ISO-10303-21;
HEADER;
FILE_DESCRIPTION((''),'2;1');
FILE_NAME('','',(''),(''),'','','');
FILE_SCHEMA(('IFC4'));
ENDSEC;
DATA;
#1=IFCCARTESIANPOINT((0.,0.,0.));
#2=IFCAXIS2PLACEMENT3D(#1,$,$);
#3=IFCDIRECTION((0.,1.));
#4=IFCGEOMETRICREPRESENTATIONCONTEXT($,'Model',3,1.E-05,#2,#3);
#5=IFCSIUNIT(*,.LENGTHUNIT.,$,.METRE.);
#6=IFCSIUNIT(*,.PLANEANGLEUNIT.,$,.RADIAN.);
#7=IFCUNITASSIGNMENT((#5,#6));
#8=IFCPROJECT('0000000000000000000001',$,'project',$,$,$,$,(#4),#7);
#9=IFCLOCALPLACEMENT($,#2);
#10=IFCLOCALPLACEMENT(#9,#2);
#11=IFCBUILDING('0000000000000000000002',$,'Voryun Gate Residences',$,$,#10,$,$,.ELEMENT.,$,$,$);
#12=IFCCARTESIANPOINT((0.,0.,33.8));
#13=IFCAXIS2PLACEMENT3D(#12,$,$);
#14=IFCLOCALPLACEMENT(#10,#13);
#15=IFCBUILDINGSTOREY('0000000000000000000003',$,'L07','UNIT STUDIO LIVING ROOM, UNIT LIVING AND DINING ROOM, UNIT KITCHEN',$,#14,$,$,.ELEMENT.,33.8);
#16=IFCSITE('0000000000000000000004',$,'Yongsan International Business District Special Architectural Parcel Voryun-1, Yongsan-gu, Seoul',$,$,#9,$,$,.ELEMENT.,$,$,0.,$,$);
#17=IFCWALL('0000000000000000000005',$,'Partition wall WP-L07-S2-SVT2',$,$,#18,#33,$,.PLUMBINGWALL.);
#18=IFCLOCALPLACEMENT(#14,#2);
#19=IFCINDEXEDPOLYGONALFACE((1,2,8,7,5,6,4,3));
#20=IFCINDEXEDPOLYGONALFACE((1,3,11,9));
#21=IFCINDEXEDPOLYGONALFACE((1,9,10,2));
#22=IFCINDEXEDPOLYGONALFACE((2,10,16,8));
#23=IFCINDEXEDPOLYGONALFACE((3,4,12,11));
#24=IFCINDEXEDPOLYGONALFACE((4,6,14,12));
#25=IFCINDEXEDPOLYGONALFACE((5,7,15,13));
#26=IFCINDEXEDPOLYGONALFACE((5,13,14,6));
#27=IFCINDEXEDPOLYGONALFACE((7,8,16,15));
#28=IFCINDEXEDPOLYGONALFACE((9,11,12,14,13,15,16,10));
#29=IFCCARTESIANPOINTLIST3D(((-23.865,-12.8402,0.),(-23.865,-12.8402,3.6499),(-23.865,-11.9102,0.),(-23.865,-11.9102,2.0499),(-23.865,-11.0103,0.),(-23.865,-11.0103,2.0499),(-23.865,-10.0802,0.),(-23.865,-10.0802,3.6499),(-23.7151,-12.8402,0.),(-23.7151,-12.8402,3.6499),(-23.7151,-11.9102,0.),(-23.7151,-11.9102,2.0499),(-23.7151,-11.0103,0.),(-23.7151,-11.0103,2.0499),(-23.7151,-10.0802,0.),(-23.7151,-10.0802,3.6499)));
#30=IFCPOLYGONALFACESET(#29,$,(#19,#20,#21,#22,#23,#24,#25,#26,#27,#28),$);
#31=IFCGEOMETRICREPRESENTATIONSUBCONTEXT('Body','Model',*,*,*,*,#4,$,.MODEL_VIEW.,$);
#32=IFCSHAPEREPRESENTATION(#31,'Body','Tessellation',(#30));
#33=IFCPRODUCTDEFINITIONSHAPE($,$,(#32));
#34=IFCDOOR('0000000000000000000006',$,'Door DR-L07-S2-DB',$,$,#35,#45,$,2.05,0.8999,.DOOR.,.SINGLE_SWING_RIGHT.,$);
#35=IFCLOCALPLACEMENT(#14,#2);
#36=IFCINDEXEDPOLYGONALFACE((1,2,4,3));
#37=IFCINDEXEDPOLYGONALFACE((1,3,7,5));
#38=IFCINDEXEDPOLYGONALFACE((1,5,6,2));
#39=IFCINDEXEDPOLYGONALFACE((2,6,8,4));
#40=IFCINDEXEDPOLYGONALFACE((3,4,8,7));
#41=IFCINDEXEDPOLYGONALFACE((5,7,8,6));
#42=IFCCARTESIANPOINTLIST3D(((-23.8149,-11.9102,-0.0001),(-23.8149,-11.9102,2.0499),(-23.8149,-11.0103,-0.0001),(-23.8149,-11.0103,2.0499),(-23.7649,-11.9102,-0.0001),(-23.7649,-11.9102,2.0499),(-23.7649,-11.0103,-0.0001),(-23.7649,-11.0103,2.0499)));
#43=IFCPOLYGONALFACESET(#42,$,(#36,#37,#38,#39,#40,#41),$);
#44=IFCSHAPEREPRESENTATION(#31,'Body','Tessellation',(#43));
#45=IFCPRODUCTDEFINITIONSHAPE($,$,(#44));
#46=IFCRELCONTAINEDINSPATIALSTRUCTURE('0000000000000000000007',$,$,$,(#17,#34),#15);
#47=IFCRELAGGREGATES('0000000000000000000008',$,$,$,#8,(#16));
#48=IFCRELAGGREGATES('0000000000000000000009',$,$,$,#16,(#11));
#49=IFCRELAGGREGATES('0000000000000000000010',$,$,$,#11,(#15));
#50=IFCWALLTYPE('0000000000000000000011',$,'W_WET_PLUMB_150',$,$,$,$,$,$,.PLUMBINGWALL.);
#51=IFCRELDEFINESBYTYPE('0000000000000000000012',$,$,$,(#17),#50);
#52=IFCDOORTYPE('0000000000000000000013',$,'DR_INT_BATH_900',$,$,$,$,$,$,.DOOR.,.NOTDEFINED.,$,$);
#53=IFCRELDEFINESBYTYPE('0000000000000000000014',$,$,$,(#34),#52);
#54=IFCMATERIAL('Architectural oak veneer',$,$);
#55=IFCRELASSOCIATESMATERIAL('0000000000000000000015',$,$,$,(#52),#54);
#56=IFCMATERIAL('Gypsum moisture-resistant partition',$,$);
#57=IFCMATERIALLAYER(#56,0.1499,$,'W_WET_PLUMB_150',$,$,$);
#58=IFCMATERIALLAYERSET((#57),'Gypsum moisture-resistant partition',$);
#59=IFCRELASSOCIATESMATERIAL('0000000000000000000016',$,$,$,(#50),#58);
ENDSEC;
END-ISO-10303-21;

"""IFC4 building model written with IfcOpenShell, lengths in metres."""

from ifc_helpers import new_model, si_unit, direction, frame, frame_2d, origin, place, context, subcontext, project, spatial, rectangle, extrude, material, layer, layer_set, type_object, element, fill, save


model = new_model("IFC4")

# Units and contexts
model_context = context("Model", 3, precision=1e-05, world=origin(), true_north=direction((0.0, 1.0)))
body_context = subcontext(model_context, "Body", "Model", "MODEL_VIEW")
ifc_project = project(units=[si_unit("LENGTHUNIT", "METRE"), si_unit("PLANEANGLEUNIT", "RADIAN")], contexts=[model_context])

# Site, building, storey
site_placement = place(None, origin())
site = spatial("IfcSite", under=ifc_project, at=site_placement, Name="Yongsan International Business District Special Architectural Parcel Voryun-1, Yongsan-gu, Seoul", CompositionType="ELEMENT", RefElevation=0.0)
building_placement = place(site_placement, origin())
building = spatial("IfcBuilding", under=site, at=building_placement, Name="Voryun Gate Residences", CompositionType="ELEMENT")
storey_placement = place(building_placement, frame((0.0, 0.0, 33.8)))
storey = spatial("IfcBuildingStorey", under=building, at=storey_placement, Name="L07", Description="UNIT STUDIO LIVING ROOM, UNIT LIVING AND DINING ROOM, UNIT KITCHEN", CompositionType="ELEMENT", Elevation=33.8)

# Shared definitions
ifc_material_1 = material(Name="Architectural oak veneer")
door_type_1 = type_object("IfcDoorType", Name="DR_INT_BATH_900", OperationType="NOTDEFINED", PredefinedType="DOOR", material=ifc_material_1)

# Shared definitions
ifc_material_2 = material(Name="Gypsum moisture-resistant partition")
ifc_layer_1 = layer(ifc_material_2, 0.1499, Name="W_WET_PLUMB_150")
ifc_layer_set_1 = layer_set([ifc_layer_1], Name="Gypsum moisture-resistant partition")
wall_type_1 = type_object("IfcWallType", Name="W_WET_PLUMB_150", PredefinedType="PLUMBINGWALL", material=ifc_layer_set_1)

# Wall, opening, door
wall_1_placement = place(storey_placement, frame((-23.79, -12.8401, 0.0), z_axis=(0.0, 0.0, 1.0), x_axis=(0.0, 1.0, 0.0)))
wall_1 = element("IfcWall", 1, at=wall_1_placement, inside=storey, type_object=wall_type_1, Name="Partition wall WP-L07-S2-SVT2", PredefinedType="PLUMBINGWALL", context=body_context, shape_type="SweptSolid", body=[
    extrude(rectangle(XDim=2.76, YDim=0.1499, at=frame_2d((1.3799, 0.0))), origin(), (0.0, 0.0, 1.0), 3.6499),
])
opening_1_placement = place(wall_1_placement, frame((0.9299, 0.0, 0.0)))
opening_1 = element("IfcOpeningElement", 2, at=opening_1_placement, cuts=wall_1, PredefinedType="OPENING", context=body_context, shape_type="SweptSolid", body=[
    extrude(rectangle(XDim=0.8999, YDim=2.05, at=frame_2d((0.45, 1.0249))), frame((0.0, 0.085, 0.0), z_axis=(0.0, -1.0, 0.0), x_axis=(1.0, 0.0, 0.0)), (0.0, 0.0, 1.0), 0.1699),
])
door_1_placement = place(opening_1_placement, origin())
door_1 = element("IfcDoor", 3, at=door_1_placement, inside=storey, type_object=door_type_1, Name="Door DR-L07-S2-DB", OperationType="SINGLE_SWING_RIGHT", OverallHeight=2.05, OverallWidth=0.8999, PredefinedType="DOOR", context=body_context, shape_type="SweptSolid", body=[
    extrude(rectangle(XDim=0.8999, YDim=2.05, at=frame_2d((0.45, 1.0249))), frame((0.0, 0.0249, 0.0), z_axis=(0.0, -1.0, 0.0), x_axis=(1.0, 0.0, 0.0)), (0.0, 0.0, 1.0), 0.05),
])
fill(opening_1, door_1)

save(model, "model.ifc")
